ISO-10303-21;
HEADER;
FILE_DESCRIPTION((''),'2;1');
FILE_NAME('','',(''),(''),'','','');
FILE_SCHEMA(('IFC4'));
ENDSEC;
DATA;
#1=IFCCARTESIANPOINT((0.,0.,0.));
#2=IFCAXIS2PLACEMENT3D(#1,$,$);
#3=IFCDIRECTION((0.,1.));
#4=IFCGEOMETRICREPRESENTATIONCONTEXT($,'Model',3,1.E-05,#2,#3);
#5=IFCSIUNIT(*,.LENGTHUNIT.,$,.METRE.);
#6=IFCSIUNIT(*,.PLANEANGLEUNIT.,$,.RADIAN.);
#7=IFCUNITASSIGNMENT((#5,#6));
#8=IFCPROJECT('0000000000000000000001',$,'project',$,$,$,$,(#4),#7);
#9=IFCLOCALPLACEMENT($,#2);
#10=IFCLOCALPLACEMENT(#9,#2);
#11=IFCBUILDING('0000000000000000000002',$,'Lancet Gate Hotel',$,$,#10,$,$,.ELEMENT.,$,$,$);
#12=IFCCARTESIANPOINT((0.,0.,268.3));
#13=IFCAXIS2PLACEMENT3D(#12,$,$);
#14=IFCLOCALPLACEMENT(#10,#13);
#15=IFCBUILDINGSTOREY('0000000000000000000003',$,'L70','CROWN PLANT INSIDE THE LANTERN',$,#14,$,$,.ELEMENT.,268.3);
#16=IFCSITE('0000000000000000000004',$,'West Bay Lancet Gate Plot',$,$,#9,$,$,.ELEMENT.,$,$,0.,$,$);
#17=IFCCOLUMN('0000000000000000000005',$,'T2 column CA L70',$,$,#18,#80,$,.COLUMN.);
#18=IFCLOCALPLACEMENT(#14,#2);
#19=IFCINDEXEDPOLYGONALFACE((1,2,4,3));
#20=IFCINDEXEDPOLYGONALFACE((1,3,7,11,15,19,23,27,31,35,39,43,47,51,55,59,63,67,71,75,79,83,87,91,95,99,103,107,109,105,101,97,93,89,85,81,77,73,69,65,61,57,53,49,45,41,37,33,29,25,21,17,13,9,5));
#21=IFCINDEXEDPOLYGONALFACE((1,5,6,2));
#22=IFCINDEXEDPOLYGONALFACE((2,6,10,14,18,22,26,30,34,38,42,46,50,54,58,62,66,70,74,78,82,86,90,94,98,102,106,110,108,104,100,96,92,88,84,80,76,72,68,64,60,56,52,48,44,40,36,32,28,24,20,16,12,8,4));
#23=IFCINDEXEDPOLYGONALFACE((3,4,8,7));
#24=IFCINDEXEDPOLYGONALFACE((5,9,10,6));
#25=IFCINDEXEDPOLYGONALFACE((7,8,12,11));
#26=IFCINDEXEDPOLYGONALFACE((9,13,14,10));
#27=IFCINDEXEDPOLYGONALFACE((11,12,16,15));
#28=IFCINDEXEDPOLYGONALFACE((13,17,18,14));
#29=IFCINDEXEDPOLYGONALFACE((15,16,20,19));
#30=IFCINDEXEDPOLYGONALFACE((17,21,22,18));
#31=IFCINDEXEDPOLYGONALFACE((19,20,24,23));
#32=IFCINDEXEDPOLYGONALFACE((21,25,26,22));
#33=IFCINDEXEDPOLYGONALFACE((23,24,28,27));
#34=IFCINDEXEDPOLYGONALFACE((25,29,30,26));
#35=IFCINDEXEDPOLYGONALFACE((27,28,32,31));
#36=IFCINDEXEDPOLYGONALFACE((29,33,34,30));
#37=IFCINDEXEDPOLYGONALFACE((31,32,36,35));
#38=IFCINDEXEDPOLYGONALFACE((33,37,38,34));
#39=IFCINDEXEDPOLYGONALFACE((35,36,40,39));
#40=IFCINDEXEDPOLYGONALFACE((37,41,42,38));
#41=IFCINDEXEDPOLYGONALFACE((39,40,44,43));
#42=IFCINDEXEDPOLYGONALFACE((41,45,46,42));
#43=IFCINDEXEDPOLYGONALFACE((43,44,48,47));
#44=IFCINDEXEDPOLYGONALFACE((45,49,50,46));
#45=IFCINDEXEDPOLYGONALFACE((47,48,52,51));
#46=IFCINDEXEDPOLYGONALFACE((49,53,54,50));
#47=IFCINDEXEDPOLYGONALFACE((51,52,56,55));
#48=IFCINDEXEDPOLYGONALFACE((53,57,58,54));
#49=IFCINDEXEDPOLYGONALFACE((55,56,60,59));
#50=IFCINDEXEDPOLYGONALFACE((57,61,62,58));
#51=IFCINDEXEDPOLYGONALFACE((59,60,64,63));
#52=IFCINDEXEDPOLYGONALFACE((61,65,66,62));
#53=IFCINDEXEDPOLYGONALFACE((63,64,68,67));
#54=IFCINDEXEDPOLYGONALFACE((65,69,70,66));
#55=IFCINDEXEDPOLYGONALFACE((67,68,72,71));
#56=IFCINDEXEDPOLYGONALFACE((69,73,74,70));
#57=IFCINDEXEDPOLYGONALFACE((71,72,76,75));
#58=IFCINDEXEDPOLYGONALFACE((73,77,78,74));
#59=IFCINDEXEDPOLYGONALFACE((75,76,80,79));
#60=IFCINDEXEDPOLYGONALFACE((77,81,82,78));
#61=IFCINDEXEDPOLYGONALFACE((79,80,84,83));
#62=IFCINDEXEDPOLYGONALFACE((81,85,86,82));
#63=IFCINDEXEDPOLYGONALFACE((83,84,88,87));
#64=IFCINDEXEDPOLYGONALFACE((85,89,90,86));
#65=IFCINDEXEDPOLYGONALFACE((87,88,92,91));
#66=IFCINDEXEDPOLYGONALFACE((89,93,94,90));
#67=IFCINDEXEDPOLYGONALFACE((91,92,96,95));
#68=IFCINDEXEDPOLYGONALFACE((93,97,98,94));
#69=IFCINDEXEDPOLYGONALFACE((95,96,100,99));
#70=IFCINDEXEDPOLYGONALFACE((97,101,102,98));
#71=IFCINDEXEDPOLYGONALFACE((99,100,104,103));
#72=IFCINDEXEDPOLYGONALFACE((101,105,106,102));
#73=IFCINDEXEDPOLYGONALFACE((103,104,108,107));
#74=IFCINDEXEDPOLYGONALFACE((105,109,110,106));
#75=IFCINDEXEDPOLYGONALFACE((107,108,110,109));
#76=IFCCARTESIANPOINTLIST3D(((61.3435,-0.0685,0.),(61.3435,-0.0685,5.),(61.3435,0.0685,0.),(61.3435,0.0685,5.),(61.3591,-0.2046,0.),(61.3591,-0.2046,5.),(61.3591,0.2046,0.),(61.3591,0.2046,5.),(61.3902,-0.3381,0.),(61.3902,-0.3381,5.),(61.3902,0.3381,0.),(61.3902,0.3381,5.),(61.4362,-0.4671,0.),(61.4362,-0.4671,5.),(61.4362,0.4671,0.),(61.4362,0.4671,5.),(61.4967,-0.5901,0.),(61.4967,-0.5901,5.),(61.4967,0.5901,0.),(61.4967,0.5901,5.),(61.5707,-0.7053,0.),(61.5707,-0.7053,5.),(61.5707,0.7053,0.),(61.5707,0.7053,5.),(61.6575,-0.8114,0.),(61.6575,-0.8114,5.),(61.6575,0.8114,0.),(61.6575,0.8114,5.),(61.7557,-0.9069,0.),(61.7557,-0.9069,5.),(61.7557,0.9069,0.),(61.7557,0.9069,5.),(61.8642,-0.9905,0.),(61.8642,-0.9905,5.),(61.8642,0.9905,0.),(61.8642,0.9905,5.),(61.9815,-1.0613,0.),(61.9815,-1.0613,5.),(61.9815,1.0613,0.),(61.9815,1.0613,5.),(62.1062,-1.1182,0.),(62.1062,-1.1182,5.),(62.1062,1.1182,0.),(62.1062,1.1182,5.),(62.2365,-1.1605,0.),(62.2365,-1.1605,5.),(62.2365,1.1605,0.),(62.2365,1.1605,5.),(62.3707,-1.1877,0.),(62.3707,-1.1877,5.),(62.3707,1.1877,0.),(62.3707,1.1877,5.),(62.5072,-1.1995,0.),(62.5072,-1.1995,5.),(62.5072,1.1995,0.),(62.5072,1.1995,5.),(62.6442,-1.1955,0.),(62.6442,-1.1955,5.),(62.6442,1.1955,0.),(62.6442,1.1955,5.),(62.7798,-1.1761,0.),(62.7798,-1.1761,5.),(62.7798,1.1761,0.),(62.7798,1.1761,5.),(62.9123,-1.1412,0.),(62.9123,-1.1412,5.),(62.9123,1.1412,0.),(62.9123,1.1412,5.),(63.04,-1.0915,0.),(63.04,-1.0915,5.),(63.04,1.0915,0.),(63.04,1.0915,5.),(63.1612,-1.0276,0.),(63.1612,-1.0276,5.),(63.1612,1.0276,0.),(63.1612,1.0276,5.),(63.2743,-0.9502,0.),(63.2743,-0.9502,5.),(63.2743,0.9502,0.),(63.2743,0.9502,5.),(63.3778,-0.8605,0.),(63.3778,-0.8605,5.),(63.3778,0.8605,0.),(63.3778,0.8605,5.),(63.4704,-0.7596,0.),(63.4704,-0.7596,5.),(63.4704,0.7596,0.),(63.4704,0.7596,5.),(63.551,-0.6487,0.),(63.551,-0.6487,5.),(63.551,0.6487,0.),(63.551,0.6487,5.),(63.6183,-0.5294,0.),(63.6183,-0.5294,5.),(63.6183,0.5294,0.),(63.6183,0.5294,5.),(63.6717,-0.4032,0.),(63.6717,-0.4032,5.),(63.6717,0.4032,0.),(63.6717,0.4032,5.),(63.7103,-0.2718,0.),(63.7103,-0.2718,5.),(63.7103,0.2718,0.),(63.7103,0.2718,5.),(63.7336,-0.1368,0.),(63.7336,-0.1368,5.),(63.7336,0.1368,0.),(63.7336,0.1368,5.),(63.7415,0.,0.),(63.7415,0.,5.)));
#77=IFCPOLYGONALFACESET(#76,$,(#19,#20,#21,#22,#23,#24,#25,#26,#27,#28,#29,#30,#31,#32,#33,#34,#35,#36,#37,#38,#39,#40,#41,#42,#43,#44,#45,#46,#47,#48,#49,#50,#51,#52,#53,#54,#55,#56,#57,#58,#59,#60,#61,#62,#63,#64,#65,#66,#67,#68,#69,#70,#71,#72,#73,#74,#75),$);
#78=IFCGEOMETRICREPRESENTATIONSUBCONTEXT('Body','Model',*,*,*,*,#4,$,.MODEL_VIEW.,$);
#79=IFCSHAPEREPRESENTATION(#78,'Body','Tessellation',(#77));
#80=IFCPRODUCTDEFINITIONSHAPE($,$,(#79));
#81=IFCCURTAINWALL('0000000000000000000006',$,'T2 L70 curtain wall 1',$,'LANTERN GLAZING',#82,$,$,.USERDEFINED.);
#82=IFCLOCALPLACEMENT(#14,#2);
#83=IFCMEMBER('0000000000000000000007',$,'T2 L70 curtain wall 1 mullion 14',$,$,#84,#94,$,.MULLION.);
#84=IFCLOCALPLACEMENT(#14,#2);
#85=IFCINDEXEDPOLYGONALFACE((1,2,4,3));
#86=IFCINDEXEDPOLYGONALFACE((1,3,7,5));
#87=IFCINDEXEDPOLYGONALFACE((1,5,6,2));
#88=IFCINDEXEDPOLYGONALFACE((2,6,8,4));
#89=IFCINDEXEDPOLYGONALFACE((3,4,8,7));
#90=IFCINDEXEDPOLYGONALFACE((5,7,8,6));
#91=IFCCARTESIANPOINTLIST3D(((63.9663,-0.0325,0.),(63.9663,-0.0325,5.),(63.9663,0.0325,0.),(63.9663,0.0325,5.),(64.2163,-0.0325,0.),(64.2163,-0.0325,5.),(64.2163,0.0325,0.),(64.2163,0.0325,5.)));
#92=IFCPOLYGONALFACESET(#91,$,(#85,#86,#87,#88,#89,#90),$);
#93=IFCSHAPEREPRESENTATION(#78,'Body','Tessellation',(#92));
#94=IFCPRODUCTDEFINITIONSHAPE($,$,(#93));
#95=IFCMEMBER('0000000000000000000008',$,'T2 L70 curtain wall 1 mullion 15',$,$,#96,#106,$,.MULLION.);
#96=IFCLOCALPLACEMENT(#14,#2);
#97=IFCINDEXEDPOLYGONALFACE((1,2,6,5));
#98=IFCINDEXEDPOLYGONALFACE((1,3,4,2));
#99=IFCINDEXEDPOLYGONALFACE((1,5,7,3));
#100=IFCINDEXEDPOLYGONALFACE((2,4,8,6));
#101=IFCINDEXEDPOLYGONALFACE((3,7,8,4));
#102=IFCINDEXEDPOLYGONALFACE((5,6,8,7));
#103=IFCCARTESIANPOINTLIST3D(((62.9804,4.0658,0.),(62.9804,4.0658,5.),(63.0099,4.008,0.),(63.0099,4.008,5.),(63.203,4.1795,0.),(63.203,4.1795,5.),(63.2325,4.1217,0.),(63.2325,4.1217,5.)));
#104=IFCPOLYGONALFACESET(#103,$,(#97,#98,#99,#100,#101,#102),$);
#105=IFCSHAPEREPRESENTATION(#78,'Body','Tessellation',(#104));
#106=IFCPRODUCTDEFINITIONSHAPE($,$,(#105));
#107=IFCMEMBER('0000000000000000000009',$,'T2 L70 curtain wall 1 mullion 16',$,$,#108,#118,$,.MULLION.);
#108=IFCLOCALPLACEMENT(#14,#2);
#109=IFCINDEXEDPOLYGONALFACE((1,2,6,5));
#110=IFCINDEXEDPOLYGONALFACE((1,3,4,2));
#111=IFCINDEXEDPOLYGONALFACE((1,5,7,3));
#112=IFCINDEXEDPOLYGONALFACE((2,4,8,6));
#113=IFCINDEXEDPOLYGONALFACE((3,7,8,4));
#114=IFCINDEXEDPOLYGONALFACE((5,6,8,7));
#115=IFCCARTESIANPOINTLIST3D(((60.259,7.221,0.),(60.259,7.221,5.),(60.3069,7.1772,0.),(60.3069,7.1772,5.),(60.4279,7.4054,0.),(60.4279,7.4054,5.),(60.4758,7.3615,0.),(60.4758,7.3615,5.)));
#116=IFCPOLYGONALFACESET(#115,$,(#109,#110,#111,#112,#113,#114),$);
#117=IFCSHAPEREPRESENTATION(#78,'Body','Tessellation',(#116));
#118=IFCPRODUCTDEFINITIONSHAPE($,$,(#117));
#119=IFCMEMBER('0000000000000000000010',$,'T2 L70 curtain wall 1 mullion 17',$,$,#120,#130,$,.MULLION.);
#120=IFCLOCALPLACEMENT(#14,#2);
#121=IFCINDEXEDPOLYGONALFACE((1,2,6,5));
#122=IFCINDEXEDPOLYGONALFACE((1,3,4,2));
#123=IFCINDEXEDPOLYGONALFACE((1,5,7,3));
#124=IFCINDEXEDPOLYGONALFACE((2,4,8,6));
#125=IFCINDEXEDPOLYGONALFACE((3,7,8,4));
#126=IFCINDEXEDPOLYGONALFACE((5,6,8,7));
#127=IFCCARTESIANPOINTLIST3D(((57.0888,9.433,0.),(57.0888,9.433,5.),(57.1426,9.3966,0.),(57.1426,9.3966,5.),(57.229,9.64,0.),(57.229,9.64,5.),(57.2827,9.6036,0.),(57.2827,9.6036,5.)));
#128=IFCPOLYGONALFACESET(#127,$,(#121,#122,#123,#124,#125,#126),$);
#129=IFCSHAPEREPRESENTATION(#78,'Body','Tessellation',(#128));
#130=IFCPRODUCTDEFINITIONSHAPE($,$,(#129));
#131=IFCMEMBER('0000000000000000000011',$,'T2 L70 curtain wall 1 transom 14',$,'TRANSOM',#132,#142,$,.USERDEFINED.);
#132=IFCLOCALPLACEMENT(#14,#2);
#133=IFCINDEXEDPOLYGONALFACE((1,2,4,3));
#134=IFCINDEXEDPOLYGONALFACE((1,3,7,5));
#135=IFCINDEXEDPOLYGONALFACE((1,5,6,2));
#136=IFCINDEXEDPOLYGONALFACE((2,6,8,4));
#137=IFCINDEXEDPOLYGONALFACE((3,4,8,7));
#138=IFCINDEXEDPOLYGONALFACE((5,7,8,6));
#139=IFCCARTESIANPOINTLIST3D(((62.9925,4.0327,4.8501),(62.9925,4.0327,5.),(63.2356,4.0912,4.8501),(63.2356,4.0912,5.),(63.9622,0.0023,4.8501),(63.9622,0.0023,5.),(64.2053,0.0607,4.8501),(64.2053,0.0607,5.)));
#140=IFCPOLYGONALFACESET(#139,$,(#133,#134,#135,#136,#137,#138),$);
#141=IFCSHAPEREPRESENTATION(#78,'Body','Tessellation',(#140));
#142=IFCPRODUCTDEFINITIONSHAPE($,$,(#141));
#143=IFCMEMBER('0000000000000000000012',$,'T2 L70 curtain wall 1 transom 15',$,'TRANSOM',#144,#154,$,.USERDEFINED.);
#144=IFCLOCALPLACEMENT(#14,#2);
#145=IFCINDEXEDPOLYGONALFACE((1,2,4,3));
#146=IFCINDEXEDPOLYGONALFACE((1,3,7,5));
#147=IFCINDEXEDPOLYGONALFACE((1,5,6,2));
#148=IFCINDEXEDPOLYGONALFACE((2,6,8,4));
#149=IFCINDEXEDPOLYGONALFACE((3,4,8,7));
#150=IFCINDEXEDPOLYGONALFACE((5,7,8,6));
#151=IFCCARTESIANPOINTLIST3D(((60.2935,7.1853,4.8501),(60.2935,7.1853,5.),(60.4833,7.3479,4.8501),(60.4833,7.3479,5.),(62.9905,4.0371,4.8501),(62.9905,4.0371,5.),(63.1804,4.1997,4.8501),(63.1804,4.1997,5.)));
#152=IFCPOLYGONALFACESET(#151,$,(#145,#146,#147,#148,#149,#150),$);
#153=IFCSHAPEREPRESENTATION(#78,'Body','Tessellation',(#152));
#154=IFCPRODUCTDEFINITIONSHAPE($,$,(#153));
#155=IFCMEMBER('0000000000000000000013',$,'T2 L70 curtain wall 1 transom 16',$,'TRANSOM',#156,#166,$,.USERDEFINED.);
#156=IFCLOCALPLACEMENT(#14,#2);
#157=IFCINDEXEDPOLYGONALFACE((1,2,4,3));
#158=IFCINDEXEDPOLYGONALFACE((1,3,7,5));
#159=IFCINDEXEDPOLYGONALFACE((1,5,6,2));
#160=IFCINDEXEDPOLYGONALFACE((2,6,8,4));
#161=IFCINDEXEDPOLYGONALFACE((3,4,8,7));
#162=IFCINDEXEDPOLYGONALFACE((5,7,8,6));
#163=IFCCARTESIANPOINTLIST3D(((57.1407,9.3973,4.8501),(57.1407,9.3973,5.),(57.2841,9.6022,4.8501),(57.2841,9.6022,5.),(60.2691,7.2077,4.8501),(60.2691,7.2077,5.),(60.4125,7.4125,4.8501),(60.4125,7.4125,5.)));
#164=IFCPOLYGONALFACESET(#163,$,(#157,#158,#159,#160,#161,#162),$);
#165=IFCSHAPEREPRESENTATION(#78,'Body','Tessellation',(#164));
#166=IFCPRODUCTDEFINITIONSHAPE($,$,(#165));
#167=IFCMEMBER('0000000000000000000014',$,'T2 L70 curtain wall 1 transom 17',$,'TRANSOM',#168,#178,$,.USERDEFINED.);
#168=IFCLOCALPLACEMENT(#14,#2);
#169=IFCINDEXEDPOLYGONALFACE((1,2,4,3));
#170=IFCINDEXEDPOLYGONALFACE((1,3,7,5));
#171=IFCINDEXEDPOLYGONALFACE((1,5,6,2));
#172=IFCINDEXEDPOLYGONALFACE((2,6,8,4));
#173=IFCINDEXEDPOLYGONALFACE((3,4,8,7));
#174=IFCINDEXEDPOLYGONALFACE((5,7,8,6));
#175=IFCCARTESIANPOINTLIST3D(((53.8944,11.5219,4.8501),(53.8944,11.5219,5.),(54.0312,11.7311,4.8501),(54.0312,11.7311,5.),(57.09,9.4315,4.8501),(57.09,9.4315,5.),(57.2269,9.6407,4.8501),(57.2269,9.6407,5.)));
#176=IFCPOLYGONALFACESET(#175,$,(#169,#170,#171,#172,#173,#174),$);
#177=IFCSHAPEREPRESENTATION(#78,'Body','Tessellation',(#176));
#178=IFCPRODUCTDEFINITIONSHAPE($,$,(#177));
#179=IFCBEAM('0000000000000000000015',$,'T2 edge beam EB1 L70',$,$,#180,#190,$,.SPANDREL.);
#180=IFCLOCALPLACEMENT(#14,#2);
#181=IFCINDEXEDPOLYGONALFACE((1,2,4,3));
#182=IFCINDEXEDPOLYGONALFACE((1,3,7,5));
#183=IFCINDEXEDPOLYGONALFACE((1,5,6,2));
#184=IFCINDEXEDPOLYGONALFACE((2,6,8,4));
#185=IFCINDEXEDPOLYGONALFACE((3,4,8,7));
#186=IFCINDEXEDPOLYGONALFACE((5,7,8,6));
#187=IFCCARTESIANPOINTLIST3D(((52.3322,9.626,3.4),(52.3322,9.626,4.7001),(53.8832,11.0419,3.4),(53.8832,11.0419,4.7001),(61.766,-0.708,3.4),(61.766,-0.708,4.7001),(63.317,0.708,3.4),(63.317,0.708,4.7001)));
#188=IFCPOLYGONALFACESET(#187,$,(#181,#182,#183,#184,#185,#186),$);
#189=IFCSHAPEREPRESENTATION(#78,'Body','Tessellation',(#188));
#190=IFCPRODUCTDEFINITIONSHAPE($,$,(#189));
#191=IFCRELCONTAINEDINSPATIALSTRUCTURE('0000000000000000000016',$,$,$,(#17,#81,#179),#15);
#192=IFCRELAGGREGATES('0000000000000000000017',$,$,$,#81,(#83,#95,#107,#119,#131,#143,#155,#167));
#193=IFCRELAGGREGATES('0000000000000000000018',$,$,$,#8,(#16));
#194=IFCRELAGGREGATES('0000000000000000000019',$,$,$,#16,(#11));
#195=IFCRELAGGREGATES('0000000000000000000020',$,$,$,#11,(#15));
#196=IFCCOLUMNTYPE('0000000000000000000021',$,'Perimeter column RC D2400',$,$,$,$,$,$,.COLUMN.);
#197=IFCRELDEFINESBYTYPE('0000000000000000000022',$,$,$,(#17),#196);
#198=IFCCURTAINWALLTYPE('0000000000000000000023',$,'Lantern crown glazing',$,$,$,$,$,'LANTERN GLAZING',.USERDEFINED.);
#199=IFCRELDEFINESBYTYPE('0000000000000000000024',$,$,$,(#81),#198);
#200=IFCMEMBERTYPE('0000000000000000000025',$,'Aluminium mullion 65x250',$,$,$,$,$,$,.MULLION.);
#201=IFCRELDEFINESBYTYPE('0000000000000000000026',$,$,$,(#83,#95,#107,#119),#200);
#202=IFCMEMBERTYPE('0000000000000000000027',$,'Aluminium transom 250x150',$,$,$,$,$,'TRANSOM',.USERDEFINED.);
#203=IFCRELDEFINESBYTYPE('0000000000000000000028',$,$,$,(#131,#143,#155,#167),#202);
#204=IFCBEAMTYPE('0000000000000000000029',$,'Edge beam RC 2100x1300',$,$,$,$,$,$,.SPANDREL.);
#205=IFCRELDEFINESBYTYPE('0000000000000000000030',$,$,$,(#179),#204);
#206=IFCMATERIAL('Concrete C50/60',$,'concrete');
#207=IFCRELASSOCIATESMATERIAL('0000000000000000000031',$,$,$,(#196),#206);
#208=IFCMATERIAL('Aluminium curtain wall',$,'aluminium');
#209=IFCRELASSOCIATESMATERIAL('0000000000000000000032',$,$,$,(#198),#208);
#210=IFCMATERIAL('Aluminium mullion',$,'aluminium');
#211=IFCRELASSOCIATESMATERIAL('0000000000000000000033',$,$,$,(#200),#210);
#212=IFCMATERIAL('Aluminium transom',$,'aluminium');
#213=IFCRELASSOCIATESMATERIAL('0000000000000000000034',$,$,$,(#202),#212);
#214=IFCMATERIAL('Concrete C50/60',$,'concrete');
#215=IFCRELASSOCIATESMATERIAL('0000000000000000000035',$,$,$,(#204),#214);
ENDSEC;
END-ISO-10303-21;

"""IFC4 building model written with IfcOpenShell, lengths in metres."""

from ifc_helpers import new_model, si_unit, direction, frame, origin, origin_2d, place, context, subcontext, project, spatial, rectangle, circle, extrude, material, material_profile, profile_set, type_object, element, aggregate, save


model = new_model("IFC4")

# Units and contexts
model_context = context("Model", 3, precision=1e-05, world=origin(), true_north=direction((0.0, 1.0)))
body_context = subcontext(model_context, "Body", "Model", "MODEL_VIEW")
ifc_project = project(units=[si_unit("LENGTHUNIT", "METRE"), si_unit("PLANEANGLEUNIT", "RADIAN")], contexts=[model_context])

# Site, building, storey
site_placement = place(None, origin())
site = spatial("IfcSite", under=ifc_project, at=site_placement, Name="West Bay Lancet Gate Plot", CompositionType="ELEMENT", RefElevation=0.0)
building_placement = place(site_placement, origin())
building = spatial("IfcBuilding", under=site, at=building_placement, Name="Lancet Gate Hotel", CompositionType="ELEMENT")
storey_placement = place(building_placement, frame((0.0, 0.0, 268.3)))
storey = spatial("IfcBuildingStorey", under=building, at=storey_placement, Name="L70", Description="CROWN PLANT INSIDE THE LANTERN", CompositionType="ELEMENT", Elevation=268.3)

# Column
ifc_material_1 = material(Name="Concrete C50/60", Category="concrete")
ifc_material_profile_1 = material_profile(ifc_material_1, circle(Radius=1.2, at=origin_2d()), Name="RC D2400")
ifc_profile_set_1 = profile_set([ifc_material_profile_1], Name="Concrete C50/60")
column_type = type_object("IfcColumnType", Name="Perimeter column RC D2400", PredefinedType="COLUMN", material=ifc_profile_set_1)
column_placement = place(storey_placement, frame((62.5415, 0.0, 0.0), z_axis=(0.0, 0.0, 1.0), x_axis=(1.0, 0.0, 0.0)))
element("IfcColumn", 1, at=column_placement, inside=storey, type_object=column_type, Name="T2 column CA L70", PredefinedType="COLUMN", context=body_context, shape_type="SweptSolid", body=[
    extrude(circle(Radius=1.2, at=origin_2d()), origin(), (0.0, 0.0, 1.0), 5.0),
])

# Curtain wall, members
ifc_material_2 = material(Name="Aluminium curtain wall", Category="aluminium")
curtain_wall_type_1 = type_object("IfcCurtainWallType", Name="Lantern crown glazing", ElementType="LANTERN GLAZING", PredefinedType="USERDEFINED", material=ifc_material_2)
curtain_wall_1_placement = place(storey_placement, origin())
curtain_wall_1 = element("IfcCurtainWall", 2, at=curtain_wall_1_placement, inside=storey, type_object=curtain_wall_type_1, Name="T2 L70 curtain wall 1", ObjectType="LANTERN GLAZING", PredefinedType="USERDEFINED")
ifc_material_3 = material(Name="Aluminium mullion", Category="aluminium")
ifc_material_profile_2 = material_profile(ifc_material_3, rectangle(XDim=0.0649, YDim=0.25, at=origin_2d()), Name="MULLION 65x250")
ifc_profile_set_2 = profile_set([ifc_material_profile_2], Name="Aluminium mullion")
member_type_1 = type_object("IfcMemberType", Name="Aluminium mullion 65x250", PredefinedType="MULLION", material=ifc_profile_set_2)
member_1_placement = place(storey_placement, frame((64.0913, 0.0, 0.0), z_axis=(0.0, 0.0, 1.0), x_axis=(0.0, 1.0, 0.0)))
member_1 = element("IfcMember", 3, at=member_1_placement, type_object=member_type_1, Name="T2 L70 curtain wall 1 mullion 14", PredefinedType="MULLION", context=body_context, shape_type="SweptSolid", body=[
    extrude(rectangle(XDim=0.0649, YDim=0.25, at=origin_2d()), origin(), (0.0, 0.0, 1.0), 5.0),
])
member_2_placement = place(storey_placement, frame((63.1064, 4.0938, 0.0), z_axis=(0.0, 0.0, 1.0), x_axis=(-0.454853, 0.890567, 0.0)))
member_2 = element("IfcMember", 4, at=member_2_placement, type_object=member_type_1, Name="T2 L70 curtain wall 1 mullion 15", PredefinedType="MULLION", context=body_context, shape_type="SweptSolid", body=[
    extrude(rectangle(XDim=0.0649, YDim=0.25, at=origin_2d()), origin(), (0.0, 0.0, 1.0), 5.0),
])
member_3_placement = place(storey_placement, frame((60.3674, 7.2913, 0.0), z_axis=(0.0, 0.0, 1.0), x_axis=(-0.737323, 0.67554, 0.0)))
member_3 = element("IfcMember", 5, at=member_3_placement, type_object=member_type_1, Name="T2 L70 curtain wall 1 mullion 16", PredefinedType="MULLION", context=body_context, shape_type="SweptSolid", body=[
    extrude(rectangle(XDim=0.0649, YDim=0.25, at=origin_2d()), origin(), (0.0, 0.0, 1.0), 5.0),
])
member_4_placement = place(storey_placement, frame((57.1858, 9.5183, 0.0), z_axis=(0.0, 0.0, 1.0), x_axis=(-0.828155, 0.5605, 0.0)))
member_4 = element("IfcMember", 6, at=member_4_placement, type_object=member_type_1, Name="T2 L70 curtain wall 1 mullion 17", PredefinedType="MULLION", context=body_context, shape_type="SweptSolid", body=[
    extrude(rectangle(XDim=0.0649, YDim=0.25, at=origin_2d()), origin(), (0.0, 0.0, 1.0), 5.0),
])
ifc_material_4 = material(Name="Aluminium transom", Category="aluminium")
ifc_material_profile_3 = material_profile(ifc_material_4, rectangle(XDim=0.25, YDim=0.1499, at=origin_2d()), Name="TRANSOM 250x150")
ifc_profile_set_3 = profile_set([ifc_material_profile_3], Name="Aluminium transom")
member_type_2 = type_object("IfcMemberType", Name="Aluminium transom 250x150", ElementType="TRANSOM", PredefinedType="USERDEFINED", material=ifc_profile_set_3)
member_5_placement = place(storey_placement, frame((64.0837, 0.0315, 4.925), z_axis=(-0.233921, 0.972256, 0.0), x_axis=(-0.972256, -0.233921, 0.0)))
member_5 = element("IfcMember", 7, at=member_5_placement, type_object=member_type_2, Name="T2 L70 curtain wall 1 transom 14", ObjectType="TRANSOM", PredefinedType="USERDEFINED", context=body_context, shape_type="SweptSolid", body=[
    extrude(rectangle(XDim=0.25, YDim=0.1499, at=origin_2d()), origin(), (0.0, 0.0, 1.0), 4.1455),
])
member_6_placement = place(storey_placement, frame((63.0854, 4.1184, 4.925), z_axis=(-0.650593, 0.759427, 0.0), x_axis=(-0.759427, -0.650593, 0.0)))
member_6 = element("IfcMember", 8, at=member_6_placement, type_object=member_type_2, Name="T2 L70 curtain wall 1 transom 15", ObjectType="TRANSOM", PredefinedType="USERDEFINED", context=body_context, shape_type="SweptSolid", body=[
    extrude(rectangle(XDim=0.25, YDim=0.1499, at=origin_2d()), origin(), (0.0, 0.0, 1.0), 4.1455),
])
member_7_placement = place(storey_placement, frame((60.3408, 7.3101, 4.925), z_axis=(-0.819256, 0.573428, 0.0), x_axis=(-0.573428, -0.819256, 0.0)))
member_7 = element("IfcMember", 9, at=member_7_placement, type_object=member_type_2, Name="T2 L70 curtain wall 1 transom 16", ObjectType="TRANSOM", PredefinedType="USERDEFINED", context=body_context, shape_type="SweptSolid", body=[
    extrude(rectangle(XDim=0.25, YDim=0.1499, at=origin_2d()), origin(), (0.0, 0.0, 1.0), 3.8186),
])
member_8_placement = place(storey_placement, frame((57.1584, 9.5361, 4.925), z_axis=(-0.836858, 0.54742, 0.0), x_axis=(-0.54742, -0.836858, 0.0)))
member_8 = element("IfcMember", 10, at=member_8_placement, type_object=member_type_2, Name="T2 L70 curtain wall 1 transom 17", ObjectType="TRANSOM", PredefinedType="USERDEFINED", context=body_context, shape_type="SweptSolid", body=[
    extrude(rectangle(XDim=0.25, YDim=0.1499, at=origin_2d()), origin(), (0.0, 0.0, 1.0), 3.8186),
])

# Beam
ifc_material_5 = material(Name="Concrete C50/60", Category="concrete")
ifc_material_profile_4 = material_profile(ifc_material_5, rectangle(XDim=2.1001, YDim=1.3, at=origin_2d()), Name="RC 2100x1300")
ifc_profile_set_4 = profile_set([ifc_material_profile_4], Name="Concrete C50/60")
beam_type_1 = type_object("IfcBeamType", Name="Edge beam RC 2100x1300", PredefinedType="SPANDREL", material=ifc_profile_set_4)
beam_1_placement = place(storey_placement, frame((62.5415, 0.0, 4.05), z_axis=(-0.674209, 0.73854, 0.0), x_axis=(-0.73854, -0.674209, 0.0)))
element("IfcBeam", 11, at=beam_1_placement, inside=storey, type_object=beam_type_1, Name="T2 edge beam EB1 L70", PredefinedType="SPANDREL", context=body_context, shape_type="SweptSolid", body=[
    extrude(rectangle(XDim=2.1001, YDim=1.3, at=origin_2d()), origin(), (0.0, 0.0, 1.0), 13.9924),
])

aggregate(curtain_wall_1, [member_1, member_2, member_3, member_4, member_5, member_6, member_7, member_8])

save(model, "model.ifc")
